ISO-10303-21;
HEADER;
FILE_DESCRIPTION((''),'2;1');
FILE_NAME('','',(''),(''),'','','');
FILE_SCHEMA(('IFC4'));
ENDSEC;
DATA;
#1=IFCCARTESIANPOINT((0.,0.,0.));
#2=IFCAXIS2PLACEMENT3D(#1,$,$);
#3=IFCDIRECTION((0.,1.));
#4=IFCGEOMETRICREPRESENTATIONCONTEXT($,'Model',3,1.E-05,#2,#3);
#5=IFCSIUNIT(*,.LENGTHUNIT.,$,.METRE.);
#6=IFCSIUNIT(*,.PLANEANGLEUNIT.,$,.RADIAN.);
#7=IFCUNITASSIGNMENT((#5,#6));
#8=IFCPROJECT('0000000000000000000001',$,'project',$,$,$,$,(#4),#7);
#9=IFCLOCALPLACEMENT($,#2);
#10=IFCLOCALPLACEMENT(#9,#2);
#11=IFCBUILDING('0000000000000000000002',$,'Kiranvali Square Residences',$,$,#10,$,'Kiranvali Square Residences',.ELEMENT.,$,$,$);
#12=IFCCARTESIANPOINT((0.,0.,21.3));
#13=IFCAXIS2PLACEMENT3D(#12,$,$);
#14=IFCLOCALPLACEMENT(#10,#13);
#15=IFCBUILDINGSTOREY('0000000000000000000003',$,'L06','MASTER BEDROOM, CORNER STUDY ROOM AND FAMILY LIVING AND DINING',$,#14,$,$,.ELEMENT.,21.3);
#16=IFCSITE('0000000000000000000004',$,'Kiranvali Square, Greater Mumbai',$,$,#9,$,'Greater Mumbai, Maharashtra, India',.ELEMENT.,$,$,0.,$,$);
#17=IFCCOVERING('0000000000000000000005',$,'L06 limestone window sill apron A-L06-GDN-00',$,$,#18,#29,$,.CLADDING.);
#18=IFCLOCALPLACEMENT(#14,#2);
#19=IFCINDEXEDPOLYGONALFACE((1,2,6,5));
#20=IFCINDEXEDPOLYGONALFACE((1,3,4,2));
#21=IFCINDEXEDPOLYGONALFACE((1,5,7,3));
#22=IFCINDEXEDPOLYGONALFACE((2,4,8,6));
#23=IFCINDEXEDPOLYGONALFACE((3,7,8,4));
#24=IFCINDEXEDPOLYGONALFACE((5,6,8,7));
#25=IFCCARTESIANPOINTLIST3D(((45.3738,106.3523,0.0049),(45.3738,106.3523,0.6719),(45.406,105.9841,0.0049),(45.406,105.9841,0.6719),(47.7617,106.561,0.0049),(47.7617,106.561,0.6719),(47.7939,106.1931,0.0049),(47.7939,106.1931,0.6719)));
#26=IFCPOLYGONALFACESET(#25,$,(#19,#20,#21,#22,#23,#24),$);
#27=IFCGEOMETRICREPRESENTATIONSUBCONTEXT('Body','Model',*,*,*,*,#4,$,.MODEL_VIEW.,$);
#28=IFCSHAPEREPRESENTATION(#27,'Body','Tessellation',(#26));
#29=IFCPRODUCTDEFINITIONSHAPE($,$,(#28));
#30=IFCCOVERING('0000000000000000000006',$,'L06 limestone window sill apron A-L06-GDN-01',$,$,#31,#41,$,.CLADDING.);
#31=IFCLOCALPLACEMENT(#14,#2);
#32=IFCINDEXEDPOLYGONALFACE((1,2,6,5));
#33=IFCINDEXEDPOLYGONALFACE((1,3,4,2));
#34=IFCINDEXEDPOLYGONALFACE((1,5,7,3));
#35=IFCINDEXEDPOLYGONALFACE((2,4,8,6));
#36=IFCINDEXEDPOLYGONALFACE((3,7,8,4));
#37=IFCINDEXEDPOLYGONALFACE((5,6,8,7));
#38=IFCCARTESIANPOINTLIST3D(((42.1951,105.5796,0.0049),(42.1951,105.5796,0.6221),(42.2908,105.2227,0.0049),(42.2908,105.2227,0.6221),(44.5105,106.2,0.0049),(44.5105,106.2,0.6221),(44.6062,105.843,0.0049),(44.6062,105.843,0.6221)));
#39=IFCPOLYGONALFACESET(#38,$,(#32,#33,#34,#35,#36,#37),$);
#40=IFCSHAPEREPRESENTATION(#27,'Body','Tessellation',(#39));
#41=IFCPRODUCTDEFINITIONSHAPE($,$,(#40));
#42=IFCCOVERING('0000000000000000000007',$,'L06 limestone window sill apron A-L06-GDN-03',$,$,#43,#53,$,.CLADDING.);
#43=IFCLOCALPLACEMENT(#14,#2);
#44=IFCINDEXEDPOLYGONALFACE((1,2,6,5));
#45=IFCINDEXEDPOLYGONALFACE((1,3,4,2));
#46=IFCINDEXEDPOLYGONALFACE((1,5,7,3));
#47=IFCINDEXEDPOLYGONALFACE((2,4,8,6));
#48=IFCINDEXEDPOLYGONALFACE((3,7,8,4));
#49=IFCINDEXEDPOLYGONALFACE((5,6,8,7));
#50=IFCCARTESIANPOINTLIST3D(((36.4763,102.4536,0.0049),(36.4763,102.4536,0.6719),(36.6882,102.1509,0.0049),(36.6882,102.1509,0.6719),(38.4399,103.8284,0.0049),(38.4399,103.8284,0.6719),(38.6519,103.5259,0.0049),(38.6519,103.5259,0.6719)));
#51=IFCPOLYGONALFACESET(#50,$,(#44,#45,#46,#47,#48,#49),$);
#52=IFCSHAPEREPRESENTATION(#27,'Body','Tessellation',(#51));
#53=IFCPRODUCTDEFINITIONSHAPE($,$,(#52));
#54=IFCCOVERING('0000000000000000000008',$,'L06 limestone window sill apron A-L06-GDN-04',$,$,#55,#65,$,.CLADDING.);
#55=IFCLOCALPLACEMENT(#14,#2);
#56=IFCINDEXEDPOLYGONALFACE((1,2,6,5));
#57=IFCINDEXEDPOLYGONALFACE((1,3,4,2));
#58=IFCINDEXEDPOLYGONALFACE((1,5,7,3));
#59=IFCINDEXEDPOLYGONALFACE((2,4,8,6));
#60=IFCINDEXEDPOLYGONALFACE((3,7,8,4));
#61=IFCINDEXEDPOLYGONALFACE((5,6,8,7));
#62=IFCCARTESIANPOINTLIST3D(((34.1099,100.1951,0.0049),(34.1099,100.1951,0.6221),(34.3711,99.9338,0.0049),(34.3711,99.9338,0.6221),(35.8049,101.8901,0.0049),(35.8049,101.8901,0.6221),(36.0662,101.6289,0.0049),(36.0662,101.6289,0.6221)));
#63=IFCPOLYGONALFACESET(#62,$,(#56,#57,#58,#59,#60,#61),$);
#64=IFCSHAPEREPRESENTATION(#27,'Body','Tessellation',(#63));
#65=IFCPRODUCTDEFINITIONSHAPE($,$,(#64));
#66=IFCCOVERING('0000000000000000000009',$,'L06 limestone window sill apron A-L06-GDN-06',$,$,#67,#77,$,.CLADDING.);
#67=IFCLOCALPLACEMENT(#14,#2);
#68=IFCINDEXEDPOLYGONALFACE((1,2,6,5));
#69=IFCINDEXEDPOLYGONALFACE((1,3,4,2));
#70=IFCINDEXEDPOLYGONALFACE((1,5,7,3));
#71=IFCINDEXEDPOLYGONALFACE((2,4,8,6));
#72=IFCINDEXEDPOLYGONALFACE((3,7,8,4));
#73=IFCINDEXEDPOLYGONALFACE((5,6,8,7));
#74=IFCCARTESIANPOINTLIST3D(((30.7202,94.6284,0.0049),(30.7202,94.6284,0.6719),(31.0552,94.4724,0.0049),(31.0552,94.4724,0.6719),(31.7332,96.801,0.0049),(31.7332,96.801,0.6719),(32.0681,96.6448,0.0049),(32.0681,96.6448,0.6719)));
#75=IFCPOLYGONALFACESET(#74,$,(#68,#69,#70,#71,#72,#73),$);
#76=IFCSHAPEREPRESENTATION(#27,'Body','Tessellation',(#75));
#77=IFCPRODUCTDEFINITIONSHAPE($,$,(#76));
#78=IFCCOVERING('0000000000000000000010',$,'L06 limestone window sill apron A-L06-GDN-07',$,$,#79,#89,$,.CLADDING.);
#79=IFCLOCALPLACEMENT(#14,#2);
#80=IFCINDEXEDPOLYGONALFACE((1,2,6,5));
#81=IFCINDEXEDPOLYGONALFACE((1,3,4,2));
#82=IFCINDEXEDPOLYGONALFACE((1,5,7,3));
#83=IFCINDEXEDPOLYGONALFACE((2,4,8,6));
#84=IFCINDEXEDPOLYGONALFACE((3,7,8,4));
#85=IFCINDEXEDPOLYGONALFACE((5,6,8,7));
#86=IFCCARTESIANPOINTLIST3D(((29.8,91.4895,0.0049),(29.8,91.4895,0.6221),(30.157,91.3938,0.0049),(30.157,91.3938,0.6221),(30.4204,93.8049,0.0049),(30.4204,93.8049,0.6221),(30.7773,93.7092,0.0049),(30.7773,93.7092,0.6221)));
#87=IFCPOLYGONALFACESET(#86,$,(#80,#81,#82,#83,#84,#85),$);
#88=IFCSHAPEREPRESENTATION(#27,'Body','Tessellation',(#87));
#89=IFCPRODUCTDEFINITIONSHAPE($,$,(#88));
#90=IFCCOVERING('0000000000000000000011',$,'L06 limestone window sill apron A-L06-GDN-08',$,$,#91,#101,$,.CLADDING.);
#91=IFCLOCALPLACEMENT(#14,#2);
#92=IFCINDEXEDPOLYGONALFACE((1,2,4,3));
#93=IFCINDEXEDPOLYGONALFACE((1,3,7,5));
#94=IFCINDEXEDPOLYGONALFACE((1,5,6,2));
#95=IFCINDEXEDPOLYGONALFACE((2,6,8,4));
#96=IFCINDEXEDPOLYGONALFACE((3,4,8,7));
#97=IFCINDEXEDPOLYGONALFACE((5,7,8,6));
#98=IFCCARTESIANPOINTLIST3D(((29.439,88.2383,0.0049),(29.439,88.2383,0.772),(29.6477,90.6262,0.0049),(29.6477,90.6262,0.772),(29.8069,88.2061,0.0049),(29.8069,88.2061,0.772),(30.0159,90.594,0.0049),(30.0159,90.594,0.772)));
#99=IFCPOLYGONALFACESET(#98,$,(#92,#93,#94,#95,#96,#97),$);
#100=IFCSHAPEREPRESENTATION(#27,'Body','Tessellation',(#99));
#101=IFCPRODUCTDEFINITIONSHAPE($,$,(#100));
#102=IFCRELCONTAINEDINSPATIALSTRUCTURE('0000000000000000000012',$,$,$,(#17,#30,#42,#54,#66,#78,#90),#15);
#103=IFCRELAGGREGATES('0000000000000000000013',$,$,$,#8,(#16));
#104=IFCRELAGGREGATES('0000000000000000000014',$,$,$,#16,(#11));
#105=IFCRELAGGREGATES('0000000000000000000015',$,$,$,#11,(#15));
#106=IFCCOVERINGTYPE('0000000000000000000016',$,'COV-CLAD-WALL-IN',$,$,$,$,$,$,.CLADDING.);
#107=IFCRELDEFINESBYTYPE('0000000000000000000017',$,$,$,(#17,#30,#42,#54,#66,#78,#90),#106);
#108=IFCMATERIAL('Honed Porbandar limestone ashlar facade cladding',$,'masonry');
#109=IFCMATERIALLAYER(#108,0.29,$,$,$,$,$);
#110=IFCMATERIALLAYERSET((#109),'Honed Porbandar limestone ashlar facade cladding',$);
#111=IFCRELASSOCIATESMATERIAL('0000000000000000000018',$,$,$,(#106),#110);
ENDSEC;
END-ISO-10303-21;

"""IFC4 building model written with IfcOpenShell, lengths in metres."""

from ifc_helpers import new_model, si_unit, direction, frame, origin, place, context, subcontext, project, spatial, polyline, outline, extrude, material, layer, layer_set, type_object, element, save


model = new_model("IFC4")

# Units and contexts
model_context = context("Model", 3, precision=1e-05, world=origin(), true_north=direction((0.0, 1.0)))
body_context = subcontext(model_context, "Body", "Model", "MODEL_VIEW")
ifc_project = project(units=[si_unit("LENGTHUNIT", "METRE"), si_unit("PLANEANGLEUNIT", "RADIAN")], contexts=[model_context])

# Site, building, storey
site_placement = place(None, origin())
site = spatial("IfcSite", under=ifc_project, at=site_placement, Name="Kiranvali Square, Greater Mumbai", LongName="Greater Mumbai, Maharashtra, India", CompositionType="ELEMENT", RefElevation=0.0)
building_placement = place(site_placement, origin())
building = spatial("IfcBuilding", under=site, at=building_placement, Name="Kiranvali Square Residences", LongName="Kiranvali Square Residences", CompositionType="ELEMENT")
storey_placement = place(building_placement, frame((0.0, 0.0, 21.3)))
storey = spatial("IfcBuildingStorey", under=building, at=storey_placement, Name="L06", Description="MASTER BEDROOM, CORNER STUDY ROOM AND FAMILY LIVING AND DINING", CompositionType="ELEMENT", Elevation=21.3)

# Coverings
ifc_material = material(Name="Honed Porbandar limestone ashlar facade cladding", Category="masonry")
ifc_layer_1 = layer(ifc_material, 0.29)
ifc_layer_set_1 = layer_set([ifc_layer_1], Name="Honed Porbandar limestone ashlar facade cladding")
covering_type_1 = type_object("IfcCoveringType", Name="COV-CLAD-WALL-IN", PredefinedType="CLADDING", material=ifc_layer_set_1)
covering_1_placement = place(storey_placement, frame((0.0, 0.0, 0.0049)))
element("IfcCovering", 1, at=covering_1_placement, inside=storey, type_object=covering_type_1, Name="L06 limestone window sill apron A-L06-GDN-00", PredefinedType="CLADDING", context=body_context, shape_type="SweptSolid", body=[
    extrude(outline(polyline([(47.7617, 106.561), (45.3738, 106.3523), (45.406, 105.9841), (47.7939, 106.1931), (47.7617, 106.561)])), origin(), (0.0, 0.0, 1.0), 0.667),
])
covering_2_placement = place(storey_placement, frame((0.0, 0.0, 0.0049)))
element("IfcCovering", 2, at=covering_2_placement, inside=storey, type_object=covering_type_1, Name="L06 limestone window sill apron A-L06-GDN-01", PredefinedType="CLADDING", context=body_context, shape_type="SweptSolid", body=[
    extrude(outline(polyline([(44.5105, 106.2), (42.1951, 105.5796), (42.2908, 105.2227), (44.6062, 105.843), (44.5105, 106.2)])), origin(), (0.0, 0.0, 1.0), 0.6172),
])
covering_3_placement = place(storey_placement, frame((0.0, 0.0, 0.0049)))
element("IfcCovering", 3, at=covering_3_placement, inside=storey, type_object=covering_type_1, Name="L06 limestone window sill apron A-L06-GDN-03", PredefinedType="CLADDING", context=body_context, shape_type="SweptSolid", body=[
    extrude(outline(polyline([(38.4399, 103.8284), (36.4763, 102.4536), (36.6882, 102.1509), (38.6519, 103.5259), (38.4399, 103.8284)])), origin(), (0.0, 0.0, 1.0), 0.667),
])
covering_4_placement = place(storey_placement, frame((0.0, 0.0, 0.0049)))
element("IfcCovering", 4, at=covering_4_placement, inside=storey, type_object=covering_type_1, Name="L06 limestone window sill apron A-L06-GDN-04", PredefinedType="CLADDING", context=body_context, shape_type="SweptSolid", body=[
    extrude(outline(polyline([(35.8049, 101.8901), (34.1099, 100.1951), (34.3711, 99.9338), (36.0662, 101.6289), (35.8049, 101.8901)])), origin(), (0.0, 0.0, 1.0), 0.6172),
])
covering_5_placement = place(storey_placement, frame((0.0, 0.0, 0.0049)))
element("IfcCovering", 5, at=covering_5_placement, inside=storey, type_object=covering_type_1, Name="L06 limestone window sill apron A-L06-GDN-06", PredefinedType="CLADDING", context=body_context, shape_type="SweptSolid", body=[
    extrude(outline(polyline([(31.7332, 96.801), (30.7202, 94.6284), (31.0552, 94.4724), (32.0681, 96.6448), (31.7332, 96.801)])), origin(), (0.0, 0.0, 1.0), 0.667),
])
covering_6_placement = place(storey_placement, frame((0.0, 0.0, 0.0049)))
element("IfcCovering", 6, at=covering_6_placement, inside=storey, type_object=covering_type_1, Name="L06 limestone window sill apron A-L06-GDN-07", PredefinedType="CLADDING", context=body_context, shape_type="SweptSolid", body=[
    extrude(outline(polyline([(30.4204, 93.8049), (29.8, 91.4895), (30.157, 91.3938), (30.7773, 93.7092), (30.4204, 93.8049)])), origin(), (0.0, 0.0, 1.0), 0.6172),
])
covering_7_placement = place(storey_placement, frame((0.0, 0.0, 0.0049)))
element("IfcCovering", 7, at=covering_7_placement, inside=storey, type_object=covering_type_1, Name="L06 limestone window sill apron A-L06-GDN-08", PredefinedType="CLADDING", context=body_context, shape_type="SweptSolid", body=[
    extrude(outline(polyline([(29.6477, 90.6262), (29.439, 88.2383), (29.8069, 88.2061), (30.0159, 90.594), (29.6477, 90.6262)])), origin(), (0.0, 0.0, 1.0), 0.7671),
])

save(model, "model.ifc")
